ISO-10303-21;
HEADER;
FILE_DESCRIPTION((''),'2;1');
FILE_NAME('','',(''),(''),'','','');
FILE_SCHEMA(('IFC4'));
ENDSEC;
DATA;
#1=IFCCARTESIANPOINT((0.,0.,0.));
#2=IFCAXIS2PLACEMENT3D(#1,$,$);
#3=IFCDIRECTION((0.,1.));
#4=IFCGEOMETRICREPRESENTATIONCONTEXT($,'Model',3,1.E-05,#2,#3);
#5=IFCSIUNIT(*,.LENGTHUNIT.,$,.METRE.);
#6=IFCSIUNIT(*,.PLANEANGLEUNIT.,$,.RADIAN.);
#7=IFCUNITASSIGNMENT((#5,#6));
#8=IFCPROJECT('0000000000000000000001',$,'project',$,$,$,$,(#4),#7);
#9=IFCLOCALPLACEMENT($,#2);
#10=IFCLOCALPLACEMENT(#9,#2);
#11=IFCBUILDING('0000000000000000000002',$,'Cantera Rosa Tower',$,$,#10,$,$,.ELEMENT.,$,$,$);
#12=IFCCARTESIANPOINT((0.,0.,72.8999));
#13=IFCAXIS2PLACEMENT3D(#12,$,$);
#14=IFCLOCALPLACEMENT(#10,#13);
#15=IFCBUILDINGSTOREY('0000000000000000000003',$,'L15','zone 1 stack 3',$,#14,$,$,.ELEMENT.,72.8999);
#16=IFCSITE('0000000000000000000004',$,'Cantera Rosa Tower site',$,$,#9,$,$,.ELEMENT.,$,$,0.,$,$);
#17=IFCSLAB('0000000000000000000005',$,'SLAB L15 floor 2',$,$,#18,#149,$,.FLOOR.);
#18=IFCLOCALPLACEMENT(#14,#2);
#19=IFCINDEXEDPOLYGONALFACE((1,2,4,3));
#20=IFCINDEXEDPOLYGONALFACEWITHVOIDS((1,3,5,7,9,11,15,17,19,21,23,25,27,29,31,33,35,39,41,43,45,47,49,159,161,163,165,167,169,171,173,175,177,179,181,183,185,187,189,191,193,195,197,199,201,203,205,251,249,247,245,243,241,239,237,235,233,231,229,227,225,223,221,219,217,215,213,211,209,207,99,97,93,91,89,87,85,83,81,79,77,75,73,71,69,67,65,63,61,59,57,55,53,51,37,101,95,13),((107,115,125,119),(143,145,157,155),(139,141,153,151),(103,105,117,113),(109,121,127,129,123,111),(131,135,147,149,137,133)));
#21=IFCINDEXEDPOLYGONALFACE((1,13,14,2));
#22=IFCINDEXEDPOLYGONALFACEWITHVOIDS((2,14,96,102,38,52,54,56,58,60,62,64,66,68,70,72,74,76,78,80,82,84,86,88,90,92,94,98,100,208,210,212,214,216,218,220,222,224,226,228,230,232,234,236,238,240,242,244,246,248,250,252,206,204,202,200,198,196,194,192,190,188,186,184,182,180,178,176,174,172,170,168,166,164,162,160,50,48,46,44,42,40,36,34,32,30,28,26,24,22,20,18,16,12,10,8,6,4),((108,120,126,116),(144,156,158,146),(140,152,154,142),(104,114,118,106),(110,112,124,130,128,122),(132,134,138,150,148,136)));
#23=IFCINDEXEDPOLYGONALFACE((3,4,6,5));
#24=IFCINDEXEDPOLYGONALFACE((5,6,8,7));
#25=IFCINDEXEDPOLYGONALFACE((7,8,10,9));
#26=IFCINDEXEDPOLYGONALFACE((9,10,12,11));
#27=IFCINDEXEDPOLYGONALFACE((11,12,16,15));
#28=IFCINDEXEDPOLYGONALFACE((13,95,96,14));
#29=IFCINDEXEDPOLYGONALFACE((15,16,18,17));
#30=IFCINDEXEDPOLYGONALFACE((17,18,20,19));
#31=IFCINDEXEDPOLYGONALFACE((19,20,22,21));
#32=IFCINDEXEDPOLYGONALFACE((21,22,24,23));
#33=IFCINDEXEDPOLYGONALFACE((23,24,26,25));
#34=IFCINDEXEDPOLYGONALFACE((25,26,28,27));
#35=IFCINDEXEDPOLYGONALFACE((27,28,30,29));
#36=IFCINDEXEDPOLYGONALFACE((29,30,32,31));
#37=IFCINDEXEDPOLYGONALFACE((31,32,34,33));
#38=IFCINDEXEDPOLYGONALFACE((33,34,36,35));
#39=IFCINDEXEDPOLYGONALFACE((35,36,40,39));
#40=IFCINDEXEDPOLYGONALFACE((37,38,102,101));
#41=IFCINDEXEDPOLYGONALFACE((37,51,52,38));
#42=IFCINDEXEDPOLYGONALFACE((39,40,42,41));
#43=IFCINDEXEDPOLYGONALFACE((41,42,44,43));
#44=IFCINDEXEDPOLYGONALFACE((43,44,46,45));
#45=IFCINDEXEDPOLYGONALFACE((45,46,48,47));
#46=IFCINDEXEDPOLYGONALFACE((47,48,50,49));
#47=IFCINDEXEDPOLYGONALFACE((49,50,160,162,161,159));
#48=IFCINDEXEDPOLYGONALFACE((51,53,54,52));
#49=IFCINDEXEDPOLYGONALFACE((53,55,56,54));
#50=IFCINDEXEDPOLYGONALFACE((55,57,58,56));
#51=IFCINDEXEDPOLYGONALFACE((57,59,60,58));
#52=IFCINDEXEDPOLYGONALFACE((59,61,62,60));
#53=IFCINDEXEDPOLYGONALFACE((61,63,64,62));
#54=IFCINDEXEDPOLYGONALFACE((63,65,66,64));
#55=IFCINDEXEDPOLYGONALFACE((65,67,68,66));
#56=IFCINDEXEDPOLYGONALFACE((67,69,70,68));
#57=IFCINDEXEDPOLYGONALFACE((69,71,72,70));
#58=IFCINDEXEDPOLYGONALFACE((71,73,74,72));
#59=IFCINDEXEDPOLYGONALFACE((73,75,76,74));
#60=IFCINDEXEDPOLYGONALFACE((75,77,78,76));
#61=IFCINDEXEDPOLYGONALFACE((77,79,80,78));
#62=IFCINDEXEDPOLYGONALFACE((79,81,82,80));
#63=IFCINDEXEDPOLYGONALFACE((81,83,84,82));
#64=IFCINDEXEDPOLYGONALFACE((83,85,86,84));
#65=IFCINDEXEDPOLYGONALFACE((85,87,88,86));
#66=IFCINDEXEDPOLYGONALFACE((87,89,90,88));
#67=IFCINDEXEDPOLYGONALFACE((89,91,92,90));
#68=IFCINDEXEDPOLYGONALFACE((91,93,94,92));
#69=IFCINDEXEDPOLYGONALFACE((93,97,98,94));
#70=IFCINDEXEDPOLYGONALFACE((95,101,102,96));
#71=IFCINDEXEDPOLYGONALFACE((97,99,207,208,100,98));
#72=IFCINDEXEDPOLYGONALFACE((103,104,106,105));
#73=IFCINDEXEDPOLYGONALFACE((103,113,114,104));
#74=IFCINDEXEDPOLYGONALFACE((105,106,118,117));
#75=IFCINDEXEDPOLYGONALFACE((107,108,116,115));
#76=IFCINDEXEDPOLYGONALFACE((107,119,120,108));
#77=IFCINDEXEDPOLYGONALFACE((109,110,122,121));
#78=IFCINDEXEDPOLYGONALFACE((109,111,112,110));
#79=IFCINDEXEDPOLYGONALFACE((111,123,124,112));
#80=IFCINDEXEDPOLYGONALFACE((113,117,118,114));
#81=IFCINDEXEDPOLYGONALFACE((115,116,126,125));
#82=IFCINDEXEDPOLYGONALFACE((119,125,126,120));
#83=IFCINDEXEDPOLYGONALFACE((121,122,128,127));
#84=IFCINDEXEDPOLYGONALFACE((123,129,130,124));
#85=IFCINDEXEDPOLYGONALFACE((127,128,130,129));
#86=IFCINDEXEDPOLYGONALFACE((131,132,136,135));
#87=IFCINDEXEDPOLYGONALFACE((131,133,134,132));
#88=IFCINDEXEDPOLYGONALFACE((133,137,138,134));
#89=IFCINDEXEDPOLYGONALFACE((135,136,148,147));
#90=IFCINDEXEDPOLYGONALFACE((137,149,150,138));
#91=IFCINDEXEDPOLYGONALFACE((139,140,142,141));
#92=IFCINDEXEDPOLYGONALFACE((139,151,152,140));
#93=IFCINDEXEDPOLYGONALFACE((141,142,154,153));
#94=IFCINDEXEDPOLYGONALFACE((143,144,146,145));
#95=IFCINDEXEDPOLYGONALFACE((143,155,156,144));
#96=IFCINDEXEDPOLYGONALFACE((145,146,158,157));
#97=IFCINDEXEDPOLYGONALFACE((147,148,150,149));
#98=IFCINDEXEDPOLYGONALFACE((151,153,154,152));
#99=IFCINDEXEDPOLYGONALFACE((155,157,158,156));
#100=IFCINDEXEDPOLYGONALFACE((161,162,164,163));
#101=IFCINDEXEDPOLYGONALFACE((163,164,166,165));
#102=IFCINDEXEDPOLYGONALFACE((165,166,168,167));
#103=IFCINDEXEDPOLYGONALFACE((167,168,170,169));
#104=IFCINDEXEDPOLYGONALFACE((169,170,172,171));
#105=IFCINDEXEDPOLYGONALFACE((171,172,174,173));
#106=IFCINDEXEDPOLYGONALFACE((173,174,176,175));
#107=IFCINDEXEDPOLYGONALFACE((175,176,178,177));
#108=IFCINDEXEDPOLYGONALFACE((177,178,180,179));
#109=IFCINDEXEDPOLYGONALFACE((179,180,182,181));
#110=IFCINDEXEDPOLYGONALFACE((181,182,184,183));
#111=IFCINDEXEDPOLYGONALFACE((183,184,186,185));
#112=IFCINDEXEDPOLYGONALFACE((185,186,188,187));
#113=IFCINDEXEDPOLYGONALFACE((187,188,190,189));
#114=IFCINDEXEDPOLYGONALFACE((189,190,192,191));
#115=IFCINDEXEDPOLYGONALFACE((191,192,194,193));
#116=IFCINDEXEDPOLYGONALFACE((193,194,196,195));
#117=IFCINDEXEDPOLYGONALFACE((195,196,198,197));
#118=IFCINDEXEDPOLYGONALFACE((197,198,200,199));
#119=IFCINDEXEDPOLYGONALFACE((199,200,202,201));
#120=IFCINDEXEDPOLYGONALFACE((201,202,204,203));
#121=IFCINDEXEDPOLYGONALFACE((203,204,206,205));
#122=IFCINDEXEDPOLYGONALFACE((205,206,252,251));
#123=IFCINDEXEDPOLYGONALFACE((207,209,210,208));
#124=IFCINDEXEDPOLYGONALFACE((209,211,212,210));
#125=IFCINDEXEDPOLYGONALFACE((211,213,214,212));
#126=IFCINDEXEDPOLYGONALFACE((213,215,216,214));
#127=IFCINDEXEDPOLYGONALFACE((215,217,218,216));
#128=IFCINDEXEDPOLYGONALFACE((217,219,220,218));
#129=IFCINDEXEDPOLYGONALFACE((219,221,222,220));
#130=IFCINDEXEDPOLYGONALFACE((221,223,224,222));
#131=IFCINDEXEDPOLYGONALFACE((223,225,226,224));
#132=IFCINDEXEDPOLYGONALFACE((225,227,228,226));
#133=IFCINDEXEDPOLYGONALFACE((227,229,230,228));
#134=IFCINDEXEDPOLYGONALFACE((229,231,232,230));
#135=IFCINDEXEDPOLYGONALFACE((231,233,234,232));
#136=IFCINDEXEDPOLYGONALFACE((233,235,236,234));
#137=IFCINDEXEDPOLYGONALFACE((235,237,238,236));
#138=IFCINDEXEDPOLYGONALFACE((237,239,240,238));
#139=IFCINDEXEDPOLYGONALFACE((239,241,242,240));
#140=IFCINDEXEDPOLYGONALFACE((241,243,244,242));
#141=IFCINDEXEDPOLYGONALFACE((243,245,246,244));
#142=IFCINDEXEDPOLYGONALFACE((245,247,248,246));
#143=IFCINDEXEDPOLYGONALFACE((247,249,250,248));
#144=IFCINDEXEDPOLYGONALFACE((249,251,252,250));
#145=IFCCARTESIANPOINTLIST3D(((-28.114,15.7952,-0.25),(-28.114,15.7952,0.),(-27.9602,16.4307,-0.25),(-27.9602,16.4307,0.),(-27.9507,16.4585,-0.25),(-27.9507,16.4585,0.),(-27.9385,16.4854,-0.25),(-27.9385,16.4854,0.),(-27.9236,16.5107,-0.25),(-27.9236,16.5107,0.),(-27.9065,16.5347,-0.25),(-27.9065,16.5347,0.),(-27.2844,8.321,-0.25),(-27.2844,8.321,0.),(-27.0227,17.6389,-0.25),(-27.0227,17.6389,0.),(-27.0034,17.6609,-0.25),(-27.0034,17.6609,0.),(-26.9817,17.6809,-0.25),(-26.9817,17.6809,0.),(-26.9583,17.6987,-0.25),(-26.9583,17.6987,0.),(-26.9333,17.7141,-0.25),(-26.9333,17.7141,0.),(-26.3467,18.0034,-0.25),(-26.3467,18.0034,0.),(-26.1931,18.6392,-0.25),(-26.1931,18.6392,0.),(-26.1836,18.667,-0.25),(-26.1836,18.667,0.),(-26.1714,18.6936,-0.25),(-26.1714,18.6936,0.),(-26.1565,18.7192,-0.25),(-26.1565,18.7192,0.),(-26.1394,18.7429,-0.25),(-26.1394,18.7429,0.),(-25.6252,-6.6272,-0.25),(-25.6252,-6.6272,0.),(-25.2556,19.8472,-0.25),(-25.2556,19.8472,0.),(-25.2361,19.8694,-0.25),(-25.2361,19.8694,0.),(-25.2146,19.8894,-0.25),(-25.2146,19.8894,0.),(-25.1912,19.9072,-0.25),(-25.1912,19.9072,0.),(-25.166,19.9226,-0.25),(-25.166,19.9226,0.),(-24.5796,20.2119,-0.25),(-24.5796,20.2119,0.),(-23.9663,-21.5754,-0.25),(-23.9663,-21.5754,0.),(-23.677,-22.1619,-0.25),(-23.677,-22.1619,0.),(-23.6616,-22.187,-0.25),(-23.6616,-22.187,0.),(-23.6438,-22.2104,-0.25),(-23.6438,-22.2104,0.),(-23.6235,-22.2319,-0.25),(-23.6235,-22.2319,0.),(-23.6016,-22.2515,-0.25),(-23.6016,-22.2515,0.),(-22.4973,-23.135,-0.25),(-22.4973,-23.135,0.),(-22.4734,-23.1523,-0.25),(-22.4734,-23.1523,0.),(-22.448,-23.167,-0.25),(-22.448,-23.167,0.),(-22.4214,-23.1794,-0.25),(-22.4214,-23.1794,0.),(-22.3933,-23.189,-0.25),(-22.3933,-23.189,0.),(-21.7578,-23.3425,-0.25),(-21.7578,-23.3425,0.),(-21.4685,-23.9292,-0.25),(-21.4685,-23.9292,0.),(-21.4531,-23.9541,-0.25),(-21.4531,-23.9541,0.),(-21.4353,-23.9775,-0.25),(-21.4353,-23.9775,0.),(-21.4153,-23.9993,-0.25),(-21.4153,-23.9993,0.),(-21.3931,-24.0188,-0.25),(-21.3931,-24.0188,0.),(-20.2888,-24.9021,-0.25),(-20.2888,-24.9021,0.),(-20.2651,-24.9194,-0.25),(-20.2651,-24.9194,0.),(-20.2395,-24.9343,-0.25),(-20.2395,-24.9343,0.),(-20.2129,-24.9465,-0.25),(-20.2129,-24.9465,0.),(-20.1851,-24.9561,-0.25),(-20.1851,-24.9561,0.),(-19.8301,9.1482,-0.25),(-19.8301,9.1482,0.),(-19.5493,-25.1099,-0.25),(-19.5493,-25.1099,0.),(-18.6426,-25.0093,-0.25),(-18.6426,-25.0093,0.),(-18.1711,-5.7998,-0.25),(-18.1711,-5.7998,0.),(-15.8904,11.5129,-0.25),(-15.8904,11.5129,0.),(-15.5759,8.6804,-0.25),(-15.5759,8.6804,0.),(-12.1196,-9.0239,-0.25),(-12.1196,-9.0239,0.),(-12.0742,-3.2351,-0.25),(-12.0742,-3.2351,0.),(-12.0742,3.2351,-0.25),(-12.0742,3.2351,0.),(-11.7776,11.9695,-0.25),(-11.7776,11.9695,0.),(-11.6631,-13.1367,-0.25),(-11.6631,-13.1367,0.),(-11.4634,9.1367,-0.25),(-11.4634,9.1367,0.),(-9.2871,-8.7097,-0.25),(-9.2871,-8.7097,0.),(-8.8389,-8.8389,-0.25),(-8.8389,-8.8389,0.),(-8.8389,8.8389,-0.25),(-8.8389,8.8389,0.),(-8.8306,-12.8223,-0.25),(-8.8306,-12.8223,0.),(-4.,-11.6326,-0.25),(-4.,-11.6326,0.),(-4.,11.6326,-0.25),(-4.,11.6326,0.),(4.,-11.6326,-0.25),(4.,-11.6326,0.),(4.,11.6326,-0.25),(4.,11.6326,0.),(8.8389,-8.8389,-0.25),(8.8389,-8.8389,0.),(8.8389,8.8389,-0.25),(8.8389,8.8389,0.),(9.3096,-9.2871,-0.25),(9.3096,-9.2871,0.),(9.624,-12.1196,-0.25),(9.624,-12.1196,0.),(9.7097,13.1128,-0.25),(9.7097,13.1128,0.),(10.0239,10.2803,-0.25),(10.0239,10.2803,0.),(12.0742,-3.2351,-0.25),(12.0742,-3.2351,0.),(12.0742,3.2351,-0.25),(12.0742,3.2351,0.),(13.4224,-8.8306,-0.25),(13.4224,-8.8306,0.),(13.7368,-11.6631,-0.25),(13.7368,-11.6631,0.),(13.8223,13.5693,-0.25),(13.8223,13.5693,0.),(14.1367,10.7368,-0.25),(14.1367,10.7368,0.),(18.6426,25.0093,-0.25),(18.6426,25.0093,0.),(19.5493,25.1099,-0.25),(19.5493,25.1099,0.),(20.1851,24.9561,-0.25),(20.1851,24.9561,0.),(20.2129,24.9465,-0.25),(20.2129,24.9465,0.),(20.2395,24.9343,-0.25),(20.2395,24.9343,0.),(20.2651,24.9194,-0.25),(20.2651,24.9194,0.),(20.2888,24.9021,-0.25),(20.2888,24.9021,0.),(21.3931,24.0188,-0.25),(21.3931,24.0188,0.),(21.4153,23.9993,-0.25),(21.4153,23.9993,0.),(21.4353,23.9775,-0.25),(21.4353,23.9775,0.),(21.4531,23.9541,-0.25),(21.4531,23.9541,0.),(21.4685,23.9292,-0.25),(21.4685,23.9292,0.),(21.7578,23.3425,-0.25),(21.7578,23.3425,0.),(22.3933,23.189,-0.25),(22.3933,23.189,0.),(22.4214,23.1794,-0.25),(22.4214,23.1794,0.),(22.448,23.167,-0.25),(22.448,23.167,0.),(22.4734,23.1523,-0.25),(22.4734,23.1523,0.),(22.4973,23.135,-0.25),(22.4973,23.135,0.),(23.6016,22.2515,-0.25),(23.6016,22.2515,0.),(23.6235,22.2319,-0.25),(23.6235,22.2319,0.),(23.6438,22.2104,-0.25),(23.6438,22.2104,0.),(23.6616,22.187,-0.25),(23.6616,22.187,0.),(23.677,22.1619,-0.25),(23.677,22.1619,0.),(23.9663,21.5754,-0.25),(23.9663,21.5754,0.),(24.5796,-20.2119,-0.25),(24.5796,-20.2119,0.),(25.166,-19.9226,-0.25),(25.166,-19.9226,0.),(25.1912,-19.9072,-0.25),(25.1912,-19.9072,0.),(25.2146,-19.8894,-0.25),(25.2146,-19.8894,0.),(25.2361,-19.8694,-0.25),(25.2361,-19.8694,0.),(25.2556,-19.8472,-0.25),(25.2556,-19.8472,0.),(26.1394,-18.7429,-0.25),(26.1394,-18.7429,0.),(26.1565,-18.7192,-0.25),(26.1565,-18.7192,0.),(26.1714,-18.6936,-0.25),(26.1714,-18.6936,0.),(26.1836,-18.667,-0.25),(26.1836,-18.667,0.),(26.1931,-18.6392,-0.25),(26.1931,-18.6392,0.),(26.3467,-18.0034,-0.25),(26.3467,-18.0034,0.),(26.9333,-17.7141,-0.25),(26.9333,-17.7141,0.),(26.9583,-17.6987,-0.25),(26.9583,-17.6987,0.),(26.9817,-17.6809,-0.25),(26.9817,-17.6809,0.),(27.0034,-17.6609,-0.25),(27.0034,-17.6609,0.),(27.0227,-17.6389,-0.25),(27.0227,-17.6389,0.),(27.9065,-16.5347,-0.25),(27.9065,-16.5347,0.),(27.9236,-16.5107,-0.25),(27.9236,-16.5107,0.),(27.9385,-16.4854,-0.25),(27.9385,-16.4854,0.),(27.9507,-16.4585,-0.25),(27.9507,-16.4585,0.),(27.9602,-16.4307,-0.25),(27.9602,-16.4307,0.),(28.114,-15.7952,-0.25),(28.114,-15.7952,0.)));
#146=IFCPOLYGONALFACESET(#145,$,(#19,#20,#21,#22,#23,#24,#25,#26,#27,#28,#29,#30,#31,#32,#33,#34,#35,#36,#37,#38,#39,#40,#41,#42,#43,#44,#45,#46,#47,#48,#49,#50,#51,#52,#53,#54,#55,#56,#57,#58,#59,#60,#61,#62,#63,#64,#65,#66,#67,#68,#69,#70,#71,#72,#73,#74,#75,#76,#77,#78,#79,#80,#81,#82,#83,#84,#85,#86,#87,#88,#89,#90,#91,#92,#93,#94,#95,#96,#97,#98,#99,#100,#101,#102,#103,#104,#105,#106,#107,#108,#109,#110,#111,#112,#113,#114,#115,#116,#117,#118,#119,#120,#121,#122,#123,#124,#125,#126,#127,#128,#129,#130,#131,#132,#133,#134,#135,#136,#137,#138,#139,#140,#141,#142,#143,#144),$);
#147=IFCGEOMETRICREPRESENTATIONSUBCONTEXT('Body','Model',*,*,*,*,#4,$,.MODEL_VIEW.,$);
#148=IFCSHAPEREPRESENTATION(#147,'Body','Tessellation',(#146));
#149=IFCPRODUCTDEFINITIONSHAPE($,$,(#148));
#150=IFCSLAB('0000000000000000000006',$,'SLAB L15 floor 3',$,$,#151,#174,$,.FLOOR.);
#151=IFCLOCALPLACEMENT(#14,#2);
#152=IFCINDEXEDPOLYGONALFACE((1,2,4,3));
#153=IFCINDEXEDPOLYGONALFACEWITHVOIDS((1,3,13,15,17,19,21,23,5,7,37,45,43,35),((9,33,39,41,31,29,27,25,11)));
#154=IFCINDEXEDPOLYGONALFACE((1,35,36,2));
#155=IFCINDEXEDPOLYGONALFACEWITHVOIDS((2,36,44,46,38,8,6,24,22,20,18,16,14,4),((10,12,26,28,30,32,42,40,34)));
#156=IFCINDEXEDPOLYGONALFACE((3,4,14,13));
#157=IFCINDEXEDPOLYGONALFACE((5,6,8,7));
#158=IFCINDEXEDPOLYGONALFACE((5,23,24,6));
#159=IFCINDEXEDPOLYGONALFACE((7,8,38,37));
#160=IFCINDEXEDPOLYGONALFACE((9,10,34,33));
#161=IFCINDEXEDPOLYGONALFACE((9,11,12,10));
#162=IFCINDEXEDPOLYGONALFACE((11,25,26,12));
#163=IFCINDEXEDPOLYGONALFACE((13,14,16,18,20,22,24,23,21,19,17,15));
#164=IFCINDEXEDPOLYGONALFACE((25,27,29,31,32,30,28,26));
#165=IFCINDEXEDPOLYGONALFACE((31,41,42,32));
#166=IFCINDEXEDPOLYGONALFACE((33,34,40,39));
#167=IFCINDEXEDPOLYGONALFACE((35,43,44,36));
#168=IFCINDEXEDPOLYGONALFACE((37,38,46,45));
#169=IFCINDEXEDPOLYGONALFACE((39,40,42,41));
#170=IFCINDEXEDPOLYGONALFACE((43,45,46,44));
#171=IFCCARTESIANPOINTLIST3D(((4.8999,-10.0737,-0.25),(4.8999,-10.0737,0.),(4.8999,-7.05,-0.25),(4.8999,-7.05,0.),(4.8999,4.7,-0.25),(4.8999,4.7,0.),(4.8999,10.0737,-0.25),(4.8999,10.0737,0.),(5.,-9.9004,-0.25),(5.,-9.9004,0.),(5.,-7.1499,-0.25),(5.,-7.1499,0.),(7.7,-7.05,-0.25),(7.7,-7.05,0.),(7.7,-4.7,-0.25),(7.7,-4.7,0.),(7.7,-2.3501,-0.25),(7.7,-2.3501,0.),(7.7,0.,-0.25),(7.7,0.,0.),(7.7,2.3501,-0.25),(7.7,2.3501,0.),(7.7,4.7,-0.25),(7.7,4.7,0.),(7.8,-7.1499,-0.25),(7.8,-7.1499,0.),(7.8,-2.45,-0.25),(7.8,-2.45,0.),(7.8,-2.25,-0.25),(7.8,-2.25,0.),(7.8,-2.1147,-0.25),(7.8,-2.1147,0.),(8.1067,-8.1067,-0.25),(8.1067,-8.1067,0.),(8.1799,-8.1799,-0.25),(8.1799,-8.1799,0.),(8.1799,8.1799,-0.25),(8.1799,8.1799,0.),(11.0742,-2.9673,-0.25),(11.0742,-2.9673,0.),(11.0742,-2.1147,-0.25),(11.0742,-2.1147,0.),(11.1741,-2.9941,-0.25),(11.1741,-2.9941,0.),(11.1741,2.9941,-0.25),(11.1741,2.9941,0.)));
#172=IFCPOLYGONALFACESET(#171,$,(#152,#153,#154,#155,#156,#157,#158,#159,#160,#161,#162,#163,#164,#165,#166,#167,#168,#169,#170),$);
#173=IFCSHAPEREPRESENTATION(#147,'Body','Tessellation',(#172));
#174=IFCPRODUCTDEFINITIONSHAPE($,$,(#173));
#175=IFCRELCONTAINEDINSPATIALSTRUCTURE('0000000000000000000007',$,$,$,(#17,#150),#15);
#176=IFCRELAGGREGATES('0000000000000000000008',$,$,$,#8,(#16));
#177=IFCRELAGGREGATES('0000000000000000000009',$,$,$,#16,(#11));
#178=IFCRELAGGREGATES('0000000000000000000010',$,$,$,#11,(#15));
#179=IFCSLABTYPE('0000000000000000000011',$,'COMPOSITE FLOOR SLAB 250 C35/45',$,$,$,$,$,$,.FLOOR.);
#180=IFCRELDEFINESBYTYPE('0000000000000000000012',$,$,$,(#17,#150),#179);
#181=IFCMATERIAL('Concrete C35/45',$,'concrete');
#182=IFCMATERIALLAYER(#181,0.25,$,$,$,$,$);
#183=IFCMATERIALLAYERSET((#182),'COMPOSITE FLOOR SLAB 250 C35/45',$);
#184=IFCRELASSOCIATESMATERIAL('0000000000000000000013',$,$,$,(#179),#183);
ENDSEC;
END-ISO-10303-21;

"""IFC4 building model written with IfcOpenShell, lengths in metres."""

from ifc_helpers import new_model, si_unit, direction, frame, origin, place, context, subcontext, project, spatial, polyline, outline, extrude, material, layer, layer_set, type_object, element, save


model = new_model("IFC4")

# Units and contexts
model_context = context("Model", 3, precision=1e-05, world=origin(), true_north=direction((0.0, 1.0)))
body_context = subcontext(model_context, "Body", "Model", "MODEL_VIEW")
ifc_project = project(units=[si_unit("LENGTHUNIT", "METRE"), si_unit("PLANEANGLEUNIT", "RADIAN")], contexts=[model_context])

# Site, building, storey
site_placement = place(None, origin())
site = spatial("IfcSite", under=ifc_project, at=site_placement, Name="Cantera Rosa Tower site", CompositionType="ELEMENT", RefElevation=0.0)
building_placement = place(site_placement, origin())
building = spatial("IfcBuilding", under=site, at=building_placement, Name="Cantera Rosa Tower", CompositionType="ELEMENT")
storey_placement = place(building_placement, frame((0.0, 0.0, 72.8999)))
storey = spatial("IfcBuildingStorey", under=building, at=storey_placement, Name="L15", Description="zone 1 stack 3", CompositionType="ELEMENT", Elevation=72.8999)

# Slabs
ifc_material_1 = material(Name="Concrete C35/45", Category="concrete")
ifc_layer_1 = layer(ifc_material_1, 0.25)
ifc_layer_set_1 = layer_set([ifc_layer_1], Name="COMPOSITE FLOOR SLAB 250 C35/45")
slab_type_1 = type_object("IfcSlabType", Name="COMPOSITE FLOOR SLAB 250 C35/45", PredefinedType="FLOOR", material=ifc_layer_set_1)
slab_1_placement = place(storey_placement, frame((0.0, 0.0, -0.25)))
element("IfcSlab", 1, at=slab_1_placement, inside=storey, type_object=slab_type_1, Name="SLAB L15 floor 2", PredefinedType="FLOOR", context=body_context, shape_type="SweptSolid", body=[
    extrude(outline(polyline([(-20.2888, -24.9021), (-21.3931, -24.0188), (-21.4153, -23.9993), (-21.4353, -23.9775), (-21.4531, -23.9541), (-21.4685, -23.9292), (-21.7578, -23.3425), (-22.3933, -23.189), (-22.4214, -23.1794), (-22.448, -23.167), (-22.4734, -23.1523), (-22.4973, -23.135), (-23.6016, -22.2515), (-23.6235, -22.2319), (-23.6438, -22.2104), (-23.6616, -22.187), (-23.677, -22.1619), (-23.9663, -21.5754), (-25.6252, -6.6272), (-18.1711, -5.7998), (-19.8301, 9.1482), (-27.2844, 8.321), (-28.114, 15.7952), (-27.9602, 16.4307), (-27.9507, 16.4585), (-27.9385, 16.4854), (-27.9236, 16.5107), (-27.9065, 16.5347), (-27.0227, 17.6389), (-27.0034, 17.6609), (-26.9817, 17.6809), (-26.9583, 17.6987), (-26.9333, 17.7141), (-26.3467, 18.0034), (-26.1931, 18.6392), (-26.1836, 18.667), (-26.1714, 18.6936), (-26.1565, 18.7192), (-26.1394, 18.7429), (-25.2556, 19.8472), (-25.2361, 19.8694), (-25.2146, 19.8894), (-25.1912, 19.9072), (-25.166, 19.9226), (-24.5796, 20.2119), (18.6426, 25.0093), (19.5493, 25.1099), (20.1851, 24.9561), (20.2129, 24.9465), (20.2395, 24.9343), (20.2651, 24.9194), (20.2888, 24.9021), (21.3931, 24.0188), (21.4153, 23.9993), (21.4353, 23.9775), (21.4531, 23.9541), (21.4685, 23.9292), (21.7578, 23.3425), (22.3933, 23.189), (22.4214, 23.1794), (22.448, 23.167), (22.4734, 23.1523), (22.4973, 23.135), (23.6016, 22.2515), (23.6235, 22.2319), (23.6438, 22.2104), (23.6616, 22.187), (23.677, 22.1619), (23.9663, 21.5754), (28.114, -15.7952), (27.9602, -16.4307), (27.9507, -16.4585), (27.9385, -16.4854), (27.9236, -16.5107), (27.9065, -16.5347), (27.0227, -17.6389), (27.0034, -17.6609), (26.9817, -17.6809), (26.9583, -17.6987), (26.9333, -17.7141), (26.3467, -18.0034), (26.1931, -18.6392), (26.1836, -18.667), (26.1714, -18.6936), (26.1565, -18.7192), (26.1394, -18.7429), (25.2556, -19.8472), (25.2361, -19.8694), (25.2146, -19.8894), (25.1912, -19.9072), (25.166, -19.9226), (24.5796, -20.2119), (-18.6426, -25.0093), (-19.5493, -25.1099), (-20.1851, -24.9561), (-20.2129, -24.9465), (-20.2395, -24.9343), (-20.2651, -24.9194), (-20.2888, -24.9021)]), holes=[polyline([(-8.8306, -12.8223), (-9.2871, -8.7097), (-12.1196, -9.0239), (-11.6631, -13.1367), (-8.8306, -12.8223)]), polyline([(-8.8389, 8.8389), (-12.0742, 3.2351), (-12.0742, -3.2351), (-8.8389, -8.8389), (-4.0, -11.6326), (-4.0, 11.6326), (-8.8389, 8.8389)]), polyline([(-11.4634, 9.1367), (-11.7776, 11.9695), (-15.8904, 11.5129), (-15.5759, 8.6804), (-11.4634, 9.1367)]), polyline([(13.4224, -8.8306), (9.3096, -9.2871), (9.624, -12.1196), (13.7368, -11.6631), (13.4224, -8.8306)]), polyline([(4.0, -11.6326), (8.8389, -8.8389), (12.0742, -3.2351), (12.0742, 3.2351), (8.8389, 8.8389), (4.0, 11.6326), (4.0, -11.6326)]), polyline([(14.1367, 10.7368), (13.8223, 13.5693), (9.7097, 13.1128), (10.0239, 10.2803), (14.1367, 10.7368)])]), origin(), (0.0, 0.0, 1.0), 0.25),
])
slab_2_placement = place(storey_placement, frame((0.0, 0.0, -0.25)))
element("IfcSlab", 2, at=slab_2_placement, inside=storey, type_object=slab_type_1, Name="SLAB L15 floor 3", PredefinedType="FLOOR", context=body_context, shape_type="SweptSolid", body=[
    extrude(outline(polyline([(7.7, 0.0), (7.7, 2.3501), (7.7, 4.7), (4.8999, 4.7), (4.8999, 10.0737), (8.1799, 8.1799), (11.1741, 2.9941), (11.1741, -2.9941), (8.1799, -8.1799), (4.8999, -10.0737), (4.8999, -7.05), (7.7, -7.05), (7.7, -4.7), (7.7, -2.3501), (7.7, 0.0)]), holes=[polyline([(7.8, -2.25), (7.8, -2.45), (7.8, -7.1499), (5.0, -7.1499), (5.0, -9.9004), (8.1067, -8.1067), (11.0742, -2.9673), (11.0742, -2.1147), (7.8, -2.1147), (7.8, -2.25)])]), origin(), (0.0, 0.0, 1.0), 0.25),
])

save(model, "model.ifc")
